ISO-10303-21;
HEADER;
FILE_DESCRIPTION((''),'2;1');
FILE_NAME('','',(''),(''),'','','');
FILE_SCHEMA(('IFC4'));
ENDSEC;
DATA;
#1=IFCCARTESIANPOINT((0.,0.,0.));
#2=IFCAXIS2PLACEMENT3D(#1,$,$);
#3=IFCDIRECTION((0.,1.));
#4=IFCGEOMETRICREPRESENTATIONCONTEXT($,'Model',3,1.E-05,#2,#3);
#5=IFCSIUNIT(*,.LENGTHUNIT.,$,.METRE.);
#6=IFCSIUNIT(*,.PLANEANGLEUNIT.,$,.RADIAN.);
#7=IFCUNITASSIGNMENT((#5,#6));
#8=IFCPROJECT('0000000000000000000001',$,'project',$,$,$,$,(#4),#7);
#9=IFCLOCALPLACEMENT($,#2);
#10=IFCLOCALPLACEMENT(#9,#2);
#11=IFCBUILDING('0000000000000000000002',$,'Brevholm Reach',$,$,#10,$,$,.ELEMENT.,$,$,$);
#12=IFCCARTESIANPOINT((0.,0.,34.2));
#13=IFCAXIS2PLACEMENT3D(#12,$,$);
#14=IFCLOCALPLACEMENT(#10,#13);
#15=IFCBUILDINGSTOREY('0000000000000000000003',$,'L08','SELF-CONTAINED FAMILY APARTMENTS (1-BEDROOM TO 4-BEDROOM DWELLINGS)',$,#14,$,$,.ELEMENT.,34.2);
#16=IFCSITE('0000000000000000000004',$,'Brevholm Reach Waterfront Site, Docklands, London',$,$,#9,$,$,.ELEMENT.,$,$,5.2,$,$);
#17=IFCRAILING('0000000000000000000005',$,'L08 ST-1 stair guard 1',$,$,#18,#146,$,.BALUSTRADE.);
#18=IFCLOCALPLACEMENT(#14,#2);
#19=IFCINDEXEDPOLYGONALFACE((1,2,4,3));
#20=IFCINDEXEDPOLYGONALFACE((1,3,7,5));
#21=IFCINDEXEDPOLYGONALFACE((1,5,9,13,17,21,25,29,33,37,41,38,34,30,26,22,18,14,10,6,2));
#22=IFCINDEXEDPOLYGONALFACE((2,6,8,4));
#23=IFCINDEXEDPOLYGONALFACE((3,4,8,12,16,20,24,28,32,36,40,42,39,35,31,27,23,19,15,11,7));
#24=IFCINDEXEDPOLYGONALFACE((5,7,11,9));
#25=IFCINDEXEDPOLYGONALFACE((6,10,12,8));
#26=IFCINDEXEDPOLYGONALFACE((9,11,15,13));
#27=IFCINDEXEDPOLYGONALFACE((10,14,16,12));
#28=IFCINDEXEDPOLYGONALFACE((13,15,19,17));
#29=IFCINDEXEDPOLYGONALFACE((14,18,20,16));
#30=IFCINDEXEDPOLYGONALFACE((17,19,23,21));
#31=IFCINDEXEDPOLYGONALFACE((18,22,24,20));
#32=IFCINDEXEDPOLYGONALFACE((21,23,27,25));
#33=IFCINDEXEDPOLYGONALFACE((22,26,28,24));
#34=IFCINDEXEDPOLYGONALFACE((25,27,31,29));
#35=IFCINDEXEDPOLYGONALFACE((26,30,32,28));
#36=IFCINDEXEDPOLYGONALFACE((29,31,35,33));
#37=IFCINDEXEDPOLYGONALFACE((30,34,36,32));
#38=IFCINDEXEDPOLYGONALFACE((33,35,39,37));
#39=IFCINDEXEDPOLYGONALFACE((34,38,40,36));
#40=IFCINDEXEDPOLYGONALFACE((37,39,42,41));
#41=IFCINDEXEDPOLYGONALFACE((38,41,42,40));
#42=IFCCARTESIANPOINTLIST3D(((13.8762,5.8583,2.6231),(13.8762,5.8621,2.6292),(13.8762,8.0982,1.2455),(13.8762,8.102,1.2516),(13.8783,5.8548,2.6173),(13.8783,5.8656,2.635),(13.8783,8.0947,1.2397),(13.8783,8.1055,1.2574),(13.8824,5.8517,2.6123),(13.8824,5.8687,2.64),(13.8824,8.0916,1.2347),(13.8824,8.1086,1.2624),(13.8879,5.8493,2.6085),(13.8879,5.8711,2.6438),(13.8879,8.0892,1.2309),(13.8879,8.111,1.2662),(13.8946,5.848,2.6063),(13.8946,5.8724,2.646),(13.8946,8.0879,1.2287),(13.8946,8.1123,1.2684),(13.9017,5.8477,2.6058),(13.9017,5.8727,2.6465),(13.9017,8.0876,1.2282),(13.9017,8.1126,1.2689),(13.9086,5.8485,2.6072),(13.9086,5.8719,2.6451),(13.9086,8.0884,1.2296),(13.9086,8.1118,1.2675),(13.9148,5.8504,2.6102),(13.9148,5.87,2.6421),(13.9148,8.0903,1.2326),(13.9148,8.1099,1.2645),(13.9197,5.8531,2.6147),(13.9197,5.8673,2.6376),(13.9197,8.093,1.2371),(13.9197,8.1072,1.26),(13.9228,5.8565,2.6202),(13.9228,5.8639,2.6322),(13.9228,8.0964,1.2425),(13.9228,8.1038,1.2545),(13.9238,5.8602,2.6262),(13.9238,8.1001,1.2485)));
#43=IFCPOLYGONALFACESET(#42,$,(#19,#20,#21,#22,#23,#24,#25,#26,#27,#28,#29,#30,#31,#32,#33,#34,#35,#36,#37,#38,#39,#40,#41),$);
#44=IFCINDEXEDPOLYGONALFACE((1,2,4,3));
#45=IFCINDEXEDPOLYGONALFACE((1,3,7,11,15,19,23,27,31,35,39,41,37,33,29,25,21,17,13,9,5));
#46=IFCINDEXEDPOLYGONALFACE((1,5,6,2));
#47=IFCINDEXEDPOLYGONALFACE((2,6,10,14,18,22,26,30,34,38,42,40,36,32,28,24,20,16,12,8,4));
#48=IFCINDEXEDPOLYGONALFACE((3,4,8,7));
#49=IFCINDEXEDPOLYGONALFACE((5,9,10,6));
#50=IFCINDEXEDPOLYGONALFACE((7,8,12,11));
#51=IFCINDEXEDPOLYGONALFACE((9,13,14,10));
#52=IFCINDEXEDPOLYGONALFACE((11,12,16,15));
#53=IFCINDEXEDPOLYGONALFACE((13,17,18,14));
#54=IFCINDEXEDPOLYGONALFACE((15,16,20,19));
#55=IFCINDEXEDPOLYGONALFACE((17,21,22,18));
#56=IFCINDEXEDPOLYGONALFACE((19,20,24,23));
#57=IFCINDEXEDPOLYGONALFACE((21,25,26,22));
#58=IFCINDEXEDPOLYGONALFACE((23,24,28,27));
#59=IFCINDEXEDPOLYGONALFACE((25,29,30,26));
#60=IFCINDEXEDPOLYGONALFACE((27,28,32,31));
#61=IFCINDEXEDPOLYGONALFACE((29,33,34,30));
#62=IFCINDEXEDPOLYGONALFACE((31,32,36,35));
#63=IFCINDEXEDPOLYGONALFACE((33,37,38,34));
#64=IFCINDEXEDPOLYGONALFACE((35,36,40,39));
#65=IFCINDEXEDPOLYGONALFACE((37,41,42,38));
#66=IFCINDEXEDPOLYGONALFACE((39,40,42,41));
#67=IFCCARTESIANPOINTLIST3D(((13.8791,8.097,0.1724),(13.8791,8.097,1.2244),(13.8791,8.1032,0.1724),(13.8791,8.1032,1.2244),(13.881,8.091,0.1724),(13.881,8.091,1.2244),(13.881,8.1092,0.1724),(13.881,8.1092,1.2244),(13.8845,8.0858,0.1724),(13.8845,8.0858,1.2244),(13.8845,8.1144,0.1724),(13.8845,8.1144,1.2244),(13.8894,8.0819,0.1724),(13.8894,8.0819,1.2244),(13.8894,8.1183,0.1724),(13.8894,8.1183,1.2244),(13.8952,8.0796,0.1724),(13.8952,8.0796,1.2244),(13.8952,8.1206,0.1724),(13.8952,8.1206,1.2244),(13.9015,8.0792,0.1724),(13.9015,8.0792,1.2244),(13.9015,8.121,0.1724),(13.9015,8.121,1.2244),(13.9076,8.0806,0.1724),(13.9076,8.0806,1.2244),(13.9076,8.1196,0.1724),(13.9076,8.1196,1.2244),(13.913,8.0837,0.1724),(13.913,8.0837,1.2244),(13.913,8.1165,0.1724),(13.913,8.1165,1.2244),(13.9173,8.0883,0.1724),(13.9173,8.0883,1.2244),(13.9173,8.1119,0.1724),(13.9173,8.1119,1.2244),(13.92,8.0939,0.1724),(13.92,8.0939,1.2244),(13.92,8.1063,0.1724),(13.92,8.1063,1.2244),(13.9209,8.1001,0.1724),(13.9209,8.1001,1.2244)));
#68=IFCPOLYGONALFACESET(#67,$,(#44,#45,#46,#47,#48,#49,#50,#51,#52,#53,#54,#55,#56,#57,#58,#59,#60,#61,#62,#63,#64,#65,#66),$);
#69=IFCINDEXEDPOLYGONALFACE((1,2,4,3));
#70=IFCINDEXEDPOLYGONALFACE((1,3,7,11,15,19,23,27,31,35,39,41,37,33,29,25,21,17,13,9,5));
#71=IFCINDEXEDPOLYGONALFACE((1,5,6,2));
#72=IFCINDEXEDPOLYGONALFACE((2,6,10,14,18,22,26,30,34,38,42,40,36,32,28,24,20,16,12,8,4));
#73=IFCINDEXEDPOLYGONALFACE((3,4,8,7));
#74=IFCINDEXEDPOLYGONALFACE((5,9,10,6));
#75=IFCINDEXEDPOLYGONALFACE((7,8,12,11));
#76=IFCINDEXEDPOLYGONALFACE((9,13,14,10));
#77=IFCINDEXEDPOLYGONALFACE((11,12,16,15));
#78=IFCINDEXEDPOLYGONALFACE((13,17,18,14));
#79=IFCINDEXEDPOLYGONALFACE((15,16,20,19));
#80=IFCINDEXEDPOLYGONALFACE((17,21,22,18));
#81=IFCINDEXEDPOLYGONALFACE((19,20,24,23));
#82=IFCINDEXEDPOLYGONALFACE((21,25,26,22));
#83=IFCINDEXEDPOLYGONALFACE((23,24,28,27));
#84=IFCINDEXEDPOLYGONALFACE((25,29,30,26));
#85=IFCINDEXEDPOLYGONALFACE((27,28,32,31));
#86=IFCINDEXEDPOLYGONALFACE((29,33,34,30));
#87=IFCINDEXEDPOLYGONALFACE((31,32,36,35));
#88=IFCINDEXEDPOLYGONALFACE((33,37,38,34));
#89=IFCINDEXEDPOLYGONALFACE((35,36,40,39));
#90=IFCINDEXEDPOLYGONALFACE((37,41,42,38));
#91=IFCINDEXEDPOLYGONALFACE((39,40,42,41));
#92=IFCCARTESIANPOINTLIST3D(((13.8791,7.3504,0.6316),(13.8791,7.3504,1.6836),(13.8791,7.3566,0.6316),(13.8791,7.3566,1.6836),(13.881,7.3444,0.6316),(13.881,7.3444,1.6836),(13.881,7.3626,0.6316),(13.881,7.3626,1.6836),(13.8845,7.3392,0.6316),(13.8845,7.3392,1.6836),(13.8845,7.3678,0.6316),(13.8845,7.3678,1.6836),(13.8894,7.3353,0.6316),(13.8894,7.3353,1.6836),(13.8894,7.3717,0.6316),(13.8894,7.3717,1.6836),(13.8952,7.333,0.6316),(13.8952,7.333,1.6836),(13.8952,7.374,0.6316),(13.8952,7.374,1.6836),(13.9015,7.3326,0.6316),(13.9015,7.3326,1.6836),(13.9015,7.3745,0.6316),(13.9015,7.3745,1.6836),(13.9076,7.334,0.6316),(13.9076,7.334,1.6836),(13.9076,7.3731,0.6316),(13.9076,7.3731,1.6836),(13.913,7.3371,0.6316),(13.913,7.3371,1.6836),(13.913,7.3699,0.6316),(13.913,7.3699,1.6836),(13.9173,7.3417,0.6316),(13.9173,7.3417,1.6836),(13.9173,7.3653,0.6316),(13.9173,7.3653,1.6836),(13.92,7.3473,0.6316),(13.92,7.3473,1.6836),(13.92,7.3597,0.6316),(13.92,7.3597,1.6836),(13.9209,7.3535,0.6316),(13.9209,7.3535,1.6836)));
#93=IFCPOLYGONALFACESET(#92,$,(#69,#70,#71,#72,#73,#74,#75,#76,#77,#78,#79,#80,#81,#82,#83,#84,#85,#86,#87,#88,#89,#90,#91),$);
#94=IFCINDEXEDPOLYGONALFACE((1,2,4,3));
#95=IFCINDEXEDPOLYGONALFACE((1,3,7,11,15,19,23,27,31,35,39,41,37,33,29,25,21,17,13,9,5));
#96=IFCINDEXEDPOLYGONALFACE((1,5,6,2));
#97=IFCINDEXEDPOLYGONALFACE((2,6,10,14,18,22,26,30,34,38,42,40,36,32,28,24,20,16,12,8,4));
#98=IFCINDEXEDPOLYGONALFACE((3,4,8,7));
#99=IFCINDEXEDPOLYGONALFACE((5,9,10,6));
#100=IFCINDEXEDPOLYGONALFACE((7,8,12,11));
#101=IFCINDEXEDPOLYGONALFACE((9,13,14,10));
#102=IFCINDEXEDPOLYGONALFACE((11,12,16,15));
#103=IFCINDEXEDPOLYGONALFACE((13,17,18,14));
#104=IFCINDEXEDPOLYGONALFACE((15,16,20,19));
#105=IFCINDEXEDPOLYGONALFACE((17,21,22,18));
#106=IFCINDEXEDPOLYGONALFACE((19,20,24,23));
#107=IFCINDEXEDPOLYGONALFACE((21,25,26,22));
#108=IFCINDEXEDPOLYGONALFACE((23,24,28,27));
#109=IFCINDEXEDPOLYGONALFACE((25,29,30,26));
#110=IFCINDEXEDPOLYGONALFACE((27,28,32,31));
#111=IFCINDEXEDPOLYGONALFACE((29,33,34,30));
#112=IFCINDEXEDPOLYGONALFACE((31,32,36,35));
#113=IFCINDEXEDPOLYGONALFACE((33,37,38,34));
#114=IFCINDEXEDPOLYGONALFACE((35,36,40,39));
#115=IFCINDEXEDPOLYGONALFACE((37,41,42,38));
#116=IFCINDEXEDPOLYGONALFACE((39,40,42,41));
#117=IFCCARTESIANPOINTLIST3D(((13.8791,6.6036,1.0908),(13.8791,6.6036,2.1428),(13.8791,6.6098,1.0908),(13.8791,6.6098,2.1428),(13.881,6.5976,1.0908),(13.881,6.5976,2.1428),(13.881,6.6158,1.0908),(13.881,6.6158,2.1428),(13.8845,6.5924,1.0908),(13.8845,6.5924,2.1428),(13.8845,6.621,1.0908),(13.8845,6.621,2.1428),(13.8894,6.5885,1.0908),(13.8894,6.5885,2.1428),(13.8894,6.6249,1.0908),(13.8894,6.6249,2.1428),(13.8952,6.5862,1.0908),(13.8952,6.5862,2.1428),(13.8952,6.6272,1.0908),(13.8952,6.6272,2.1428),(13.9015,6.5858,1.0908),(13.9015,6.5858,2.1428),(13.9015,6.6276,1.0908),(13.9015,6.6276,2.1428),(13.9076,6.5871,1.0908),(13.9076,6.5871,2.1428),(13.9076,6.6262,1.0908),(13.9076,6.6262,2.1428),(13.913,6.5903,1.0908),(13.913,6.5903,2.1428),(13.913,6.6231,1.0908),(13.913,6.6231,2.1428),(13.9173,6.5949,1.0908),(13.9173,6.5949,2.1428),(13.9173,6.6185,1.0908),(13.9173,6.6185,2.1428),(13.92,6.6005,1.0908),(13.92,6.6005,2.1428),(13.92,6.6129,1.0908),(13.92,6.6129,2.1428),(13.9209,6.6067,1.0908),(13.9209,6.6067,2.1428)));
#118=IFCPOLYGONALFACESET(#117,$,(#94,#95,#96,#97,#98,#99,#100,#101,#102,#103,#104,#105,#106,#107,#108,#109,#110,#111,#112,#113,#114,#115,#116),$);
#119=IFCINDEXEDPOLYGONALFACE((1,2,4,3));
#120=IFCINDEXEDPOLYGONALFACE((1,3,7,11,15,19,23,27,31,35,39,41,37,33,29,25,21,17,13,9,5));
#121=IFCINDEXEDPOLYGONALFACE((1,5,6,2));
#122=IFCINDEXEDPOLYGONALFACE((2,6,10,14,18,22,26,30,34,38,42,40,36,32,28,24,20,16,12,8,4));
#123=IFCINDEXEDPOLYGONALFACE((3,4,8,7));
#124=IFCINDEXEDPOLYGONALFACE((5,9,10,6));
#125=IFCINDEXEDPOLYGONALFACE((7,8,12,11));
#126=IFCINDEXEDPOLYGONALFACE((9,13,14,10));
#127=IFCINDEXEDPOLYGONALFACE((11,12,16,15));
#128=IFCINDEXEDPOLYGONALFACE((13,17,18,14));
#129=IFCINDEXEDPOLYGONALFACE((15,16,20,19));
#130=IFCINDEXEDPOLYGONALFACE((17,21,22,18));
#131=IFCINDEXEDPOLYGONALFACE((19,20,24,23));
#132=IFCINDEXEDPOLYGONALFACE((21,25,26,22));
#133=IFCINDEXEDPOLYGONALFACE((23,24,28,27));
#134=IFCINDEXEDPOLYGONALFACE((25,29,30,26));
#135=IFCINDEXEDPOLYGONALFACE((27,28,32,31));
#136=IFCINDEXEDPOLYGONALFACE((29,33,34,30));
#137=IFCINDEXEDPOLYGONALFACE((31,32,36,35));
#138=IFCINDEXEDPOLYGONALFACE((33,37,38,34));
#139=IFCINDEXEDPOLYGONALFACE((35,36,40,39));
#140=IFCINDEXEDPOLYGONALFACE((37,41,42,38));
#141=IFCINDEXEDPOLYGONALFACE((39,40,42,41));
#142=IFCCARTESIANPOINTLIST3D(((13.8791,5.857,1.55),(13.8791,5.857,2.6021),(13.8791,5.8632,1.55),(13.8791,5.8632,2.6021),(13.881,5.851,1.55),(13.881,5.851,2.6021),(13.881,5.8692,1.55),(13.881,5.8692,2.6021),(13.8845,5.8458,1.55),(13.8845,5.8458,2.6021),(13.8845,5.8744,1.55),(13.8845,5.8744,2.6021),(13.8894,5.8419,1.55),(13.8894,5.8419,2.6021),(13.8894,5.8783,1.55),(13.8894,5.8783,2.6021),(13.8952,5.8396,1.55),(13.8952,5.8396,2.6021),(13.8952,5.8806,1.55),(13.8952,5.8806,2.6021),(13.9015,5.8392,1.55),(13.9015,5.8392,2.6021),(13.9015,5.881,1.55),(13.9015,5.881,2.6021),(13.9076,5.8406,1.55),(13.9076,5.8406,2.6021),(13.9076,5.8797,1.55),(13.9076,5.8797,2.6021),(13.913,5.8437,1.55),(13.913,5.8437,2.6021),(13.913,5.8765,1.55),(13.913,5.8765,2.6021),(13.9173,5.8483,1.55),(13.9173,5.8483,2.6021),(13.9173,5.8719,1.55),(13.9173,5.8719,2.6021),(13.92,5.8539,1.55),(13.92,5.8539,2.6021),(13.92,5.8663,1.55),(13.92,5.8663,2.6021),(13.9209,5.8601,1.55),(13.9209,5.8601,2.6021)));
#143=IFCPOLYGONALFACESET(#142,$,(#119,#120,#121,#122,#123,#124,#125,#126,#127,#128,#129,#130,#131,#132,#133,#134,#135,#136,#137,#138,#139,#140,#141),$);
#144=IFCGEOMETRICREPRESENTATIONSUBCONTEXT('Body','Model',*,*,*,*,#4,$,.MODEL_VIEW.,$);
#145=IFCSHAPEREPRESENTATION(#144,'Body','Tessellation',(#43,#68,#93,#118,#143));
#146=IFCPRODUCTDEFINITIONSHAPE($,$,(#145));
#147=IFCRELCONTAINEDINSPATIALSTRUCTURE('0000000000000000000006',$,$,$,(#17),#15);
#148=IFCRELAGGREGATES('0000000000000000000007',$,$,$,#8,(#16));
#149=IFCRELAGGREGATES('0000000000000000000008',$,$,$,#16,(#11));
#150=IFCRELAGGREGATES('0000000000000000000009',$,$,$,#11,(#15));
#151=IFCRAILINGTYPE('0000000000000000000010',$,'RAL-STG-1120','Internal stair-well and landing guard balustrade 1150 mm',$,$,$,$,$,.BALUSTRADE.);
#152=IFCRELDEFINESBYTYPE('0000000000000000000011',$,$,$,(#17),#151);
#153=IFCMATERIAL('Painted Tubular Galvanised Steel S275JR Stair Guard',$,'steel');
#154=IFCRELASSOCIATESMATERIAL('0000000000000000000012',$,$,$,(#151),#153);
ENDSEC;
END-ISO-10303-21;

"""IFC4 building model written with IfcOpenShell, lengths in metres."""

from ifc_helpers import new_model, si_unit, direction, frame, origin, origin_2d, place, context, subcontext, project, spatial, circle, extrude, material, type_object, element, save


model = new_model("IFC4")

# Units and contexts
model_context = context("Model", 3, precision=1e-05, world=origin(), true_north=direction((0.0, 1.0)))
body_context = subcontext(model_context, "Body", "Model", "MODEL_VIEW")
ifc_project = project(units=[si_unit("LENGTHUNIT", "METRE"), si_unit("PLANEANGLEUNIT", "RADIAN")], contexts=[model_context])

# Site, building, storey
site_placement = place(None, origin())
site = spatial("IfcSite", under=ifc_project, at=site_placement, Name="Brevholm Reach Waterfront Site, Docklands, London", CompositionType="ELEMENT", RefElevation=5.2)
building_placement = place(site_placement, origin())
building = spatial("IfcBuilding", under=site, at=building_placement, Name="Brevholm Reach", CompositionType="ELEMENT")
storey_placement = place(building_placement, frame((0.0, 0.0, 34.2)))
storey = spatial("IfcBuildingStorey", under=building, at=storey_placement, Name="L08", Description="SELF-CONTAINED FAMILY APARTMENTS (1-BEDROOM TO 4-BEDROOM DWELLINGS)", CompositionType="ELEMENT", Elevation=34.2)

# Railing
ifc_material_1 = material(Name="Painted Tubular Galvanised Steel S275JR Stair Guard", Category="steel")
railing_type_1 = type_object("IfcRailingType", Name="RAL-STG-1120", Description="Internal stair-well and landing guard balustrade 1150 mm", PredefinedType="BALUSTRADE", material=ifc_material_1)
railing_1_placement = place(storey_placement, frame((13.8999, 8.1001, 0.1724)))
element("IfcRailing", 1, at=railing_1_placement, inside=storey, type_object=railing_type_1, Name="L08 ST-1 stair guard 1", PredefinedType="BALUSTRADE", context=body_context, shape_type="SweptSolid", body=[
    extrude(circle(Radius=0.0239, at=origin_2d()), frame((0.0, 0.0, 1.0762), z_axis=(0.0, -0.851789, 0.523885), x_axis=(1.0, 0.0, 0.0)), (0.0, 0.0, 1.0), 2.6296),
    extrude(circle(Radius=0.021, at=origin_2d()), origin(), (0.0, 0.0, 1.0), 1.052),
    extrude(circle(Radius=0.021, at=origin_2d()), frame((0.0, -0.7466, 0.4592)), (0.0, 0.0, 1.0), 1.052),
    extrude(circle(Radius=0.021, at=origin_2d()), frame((0.0, -1.4934, 0.9185)), (0.0, 0.0, 1.0), 1.052),
    extrude(circle(Radius=0.021, at=origin_2d()), frame((0.0, -2.24, 1.3777)), (0.0, 0.0, 1.0), 1.052),
])

save(model, "model.ifc")
